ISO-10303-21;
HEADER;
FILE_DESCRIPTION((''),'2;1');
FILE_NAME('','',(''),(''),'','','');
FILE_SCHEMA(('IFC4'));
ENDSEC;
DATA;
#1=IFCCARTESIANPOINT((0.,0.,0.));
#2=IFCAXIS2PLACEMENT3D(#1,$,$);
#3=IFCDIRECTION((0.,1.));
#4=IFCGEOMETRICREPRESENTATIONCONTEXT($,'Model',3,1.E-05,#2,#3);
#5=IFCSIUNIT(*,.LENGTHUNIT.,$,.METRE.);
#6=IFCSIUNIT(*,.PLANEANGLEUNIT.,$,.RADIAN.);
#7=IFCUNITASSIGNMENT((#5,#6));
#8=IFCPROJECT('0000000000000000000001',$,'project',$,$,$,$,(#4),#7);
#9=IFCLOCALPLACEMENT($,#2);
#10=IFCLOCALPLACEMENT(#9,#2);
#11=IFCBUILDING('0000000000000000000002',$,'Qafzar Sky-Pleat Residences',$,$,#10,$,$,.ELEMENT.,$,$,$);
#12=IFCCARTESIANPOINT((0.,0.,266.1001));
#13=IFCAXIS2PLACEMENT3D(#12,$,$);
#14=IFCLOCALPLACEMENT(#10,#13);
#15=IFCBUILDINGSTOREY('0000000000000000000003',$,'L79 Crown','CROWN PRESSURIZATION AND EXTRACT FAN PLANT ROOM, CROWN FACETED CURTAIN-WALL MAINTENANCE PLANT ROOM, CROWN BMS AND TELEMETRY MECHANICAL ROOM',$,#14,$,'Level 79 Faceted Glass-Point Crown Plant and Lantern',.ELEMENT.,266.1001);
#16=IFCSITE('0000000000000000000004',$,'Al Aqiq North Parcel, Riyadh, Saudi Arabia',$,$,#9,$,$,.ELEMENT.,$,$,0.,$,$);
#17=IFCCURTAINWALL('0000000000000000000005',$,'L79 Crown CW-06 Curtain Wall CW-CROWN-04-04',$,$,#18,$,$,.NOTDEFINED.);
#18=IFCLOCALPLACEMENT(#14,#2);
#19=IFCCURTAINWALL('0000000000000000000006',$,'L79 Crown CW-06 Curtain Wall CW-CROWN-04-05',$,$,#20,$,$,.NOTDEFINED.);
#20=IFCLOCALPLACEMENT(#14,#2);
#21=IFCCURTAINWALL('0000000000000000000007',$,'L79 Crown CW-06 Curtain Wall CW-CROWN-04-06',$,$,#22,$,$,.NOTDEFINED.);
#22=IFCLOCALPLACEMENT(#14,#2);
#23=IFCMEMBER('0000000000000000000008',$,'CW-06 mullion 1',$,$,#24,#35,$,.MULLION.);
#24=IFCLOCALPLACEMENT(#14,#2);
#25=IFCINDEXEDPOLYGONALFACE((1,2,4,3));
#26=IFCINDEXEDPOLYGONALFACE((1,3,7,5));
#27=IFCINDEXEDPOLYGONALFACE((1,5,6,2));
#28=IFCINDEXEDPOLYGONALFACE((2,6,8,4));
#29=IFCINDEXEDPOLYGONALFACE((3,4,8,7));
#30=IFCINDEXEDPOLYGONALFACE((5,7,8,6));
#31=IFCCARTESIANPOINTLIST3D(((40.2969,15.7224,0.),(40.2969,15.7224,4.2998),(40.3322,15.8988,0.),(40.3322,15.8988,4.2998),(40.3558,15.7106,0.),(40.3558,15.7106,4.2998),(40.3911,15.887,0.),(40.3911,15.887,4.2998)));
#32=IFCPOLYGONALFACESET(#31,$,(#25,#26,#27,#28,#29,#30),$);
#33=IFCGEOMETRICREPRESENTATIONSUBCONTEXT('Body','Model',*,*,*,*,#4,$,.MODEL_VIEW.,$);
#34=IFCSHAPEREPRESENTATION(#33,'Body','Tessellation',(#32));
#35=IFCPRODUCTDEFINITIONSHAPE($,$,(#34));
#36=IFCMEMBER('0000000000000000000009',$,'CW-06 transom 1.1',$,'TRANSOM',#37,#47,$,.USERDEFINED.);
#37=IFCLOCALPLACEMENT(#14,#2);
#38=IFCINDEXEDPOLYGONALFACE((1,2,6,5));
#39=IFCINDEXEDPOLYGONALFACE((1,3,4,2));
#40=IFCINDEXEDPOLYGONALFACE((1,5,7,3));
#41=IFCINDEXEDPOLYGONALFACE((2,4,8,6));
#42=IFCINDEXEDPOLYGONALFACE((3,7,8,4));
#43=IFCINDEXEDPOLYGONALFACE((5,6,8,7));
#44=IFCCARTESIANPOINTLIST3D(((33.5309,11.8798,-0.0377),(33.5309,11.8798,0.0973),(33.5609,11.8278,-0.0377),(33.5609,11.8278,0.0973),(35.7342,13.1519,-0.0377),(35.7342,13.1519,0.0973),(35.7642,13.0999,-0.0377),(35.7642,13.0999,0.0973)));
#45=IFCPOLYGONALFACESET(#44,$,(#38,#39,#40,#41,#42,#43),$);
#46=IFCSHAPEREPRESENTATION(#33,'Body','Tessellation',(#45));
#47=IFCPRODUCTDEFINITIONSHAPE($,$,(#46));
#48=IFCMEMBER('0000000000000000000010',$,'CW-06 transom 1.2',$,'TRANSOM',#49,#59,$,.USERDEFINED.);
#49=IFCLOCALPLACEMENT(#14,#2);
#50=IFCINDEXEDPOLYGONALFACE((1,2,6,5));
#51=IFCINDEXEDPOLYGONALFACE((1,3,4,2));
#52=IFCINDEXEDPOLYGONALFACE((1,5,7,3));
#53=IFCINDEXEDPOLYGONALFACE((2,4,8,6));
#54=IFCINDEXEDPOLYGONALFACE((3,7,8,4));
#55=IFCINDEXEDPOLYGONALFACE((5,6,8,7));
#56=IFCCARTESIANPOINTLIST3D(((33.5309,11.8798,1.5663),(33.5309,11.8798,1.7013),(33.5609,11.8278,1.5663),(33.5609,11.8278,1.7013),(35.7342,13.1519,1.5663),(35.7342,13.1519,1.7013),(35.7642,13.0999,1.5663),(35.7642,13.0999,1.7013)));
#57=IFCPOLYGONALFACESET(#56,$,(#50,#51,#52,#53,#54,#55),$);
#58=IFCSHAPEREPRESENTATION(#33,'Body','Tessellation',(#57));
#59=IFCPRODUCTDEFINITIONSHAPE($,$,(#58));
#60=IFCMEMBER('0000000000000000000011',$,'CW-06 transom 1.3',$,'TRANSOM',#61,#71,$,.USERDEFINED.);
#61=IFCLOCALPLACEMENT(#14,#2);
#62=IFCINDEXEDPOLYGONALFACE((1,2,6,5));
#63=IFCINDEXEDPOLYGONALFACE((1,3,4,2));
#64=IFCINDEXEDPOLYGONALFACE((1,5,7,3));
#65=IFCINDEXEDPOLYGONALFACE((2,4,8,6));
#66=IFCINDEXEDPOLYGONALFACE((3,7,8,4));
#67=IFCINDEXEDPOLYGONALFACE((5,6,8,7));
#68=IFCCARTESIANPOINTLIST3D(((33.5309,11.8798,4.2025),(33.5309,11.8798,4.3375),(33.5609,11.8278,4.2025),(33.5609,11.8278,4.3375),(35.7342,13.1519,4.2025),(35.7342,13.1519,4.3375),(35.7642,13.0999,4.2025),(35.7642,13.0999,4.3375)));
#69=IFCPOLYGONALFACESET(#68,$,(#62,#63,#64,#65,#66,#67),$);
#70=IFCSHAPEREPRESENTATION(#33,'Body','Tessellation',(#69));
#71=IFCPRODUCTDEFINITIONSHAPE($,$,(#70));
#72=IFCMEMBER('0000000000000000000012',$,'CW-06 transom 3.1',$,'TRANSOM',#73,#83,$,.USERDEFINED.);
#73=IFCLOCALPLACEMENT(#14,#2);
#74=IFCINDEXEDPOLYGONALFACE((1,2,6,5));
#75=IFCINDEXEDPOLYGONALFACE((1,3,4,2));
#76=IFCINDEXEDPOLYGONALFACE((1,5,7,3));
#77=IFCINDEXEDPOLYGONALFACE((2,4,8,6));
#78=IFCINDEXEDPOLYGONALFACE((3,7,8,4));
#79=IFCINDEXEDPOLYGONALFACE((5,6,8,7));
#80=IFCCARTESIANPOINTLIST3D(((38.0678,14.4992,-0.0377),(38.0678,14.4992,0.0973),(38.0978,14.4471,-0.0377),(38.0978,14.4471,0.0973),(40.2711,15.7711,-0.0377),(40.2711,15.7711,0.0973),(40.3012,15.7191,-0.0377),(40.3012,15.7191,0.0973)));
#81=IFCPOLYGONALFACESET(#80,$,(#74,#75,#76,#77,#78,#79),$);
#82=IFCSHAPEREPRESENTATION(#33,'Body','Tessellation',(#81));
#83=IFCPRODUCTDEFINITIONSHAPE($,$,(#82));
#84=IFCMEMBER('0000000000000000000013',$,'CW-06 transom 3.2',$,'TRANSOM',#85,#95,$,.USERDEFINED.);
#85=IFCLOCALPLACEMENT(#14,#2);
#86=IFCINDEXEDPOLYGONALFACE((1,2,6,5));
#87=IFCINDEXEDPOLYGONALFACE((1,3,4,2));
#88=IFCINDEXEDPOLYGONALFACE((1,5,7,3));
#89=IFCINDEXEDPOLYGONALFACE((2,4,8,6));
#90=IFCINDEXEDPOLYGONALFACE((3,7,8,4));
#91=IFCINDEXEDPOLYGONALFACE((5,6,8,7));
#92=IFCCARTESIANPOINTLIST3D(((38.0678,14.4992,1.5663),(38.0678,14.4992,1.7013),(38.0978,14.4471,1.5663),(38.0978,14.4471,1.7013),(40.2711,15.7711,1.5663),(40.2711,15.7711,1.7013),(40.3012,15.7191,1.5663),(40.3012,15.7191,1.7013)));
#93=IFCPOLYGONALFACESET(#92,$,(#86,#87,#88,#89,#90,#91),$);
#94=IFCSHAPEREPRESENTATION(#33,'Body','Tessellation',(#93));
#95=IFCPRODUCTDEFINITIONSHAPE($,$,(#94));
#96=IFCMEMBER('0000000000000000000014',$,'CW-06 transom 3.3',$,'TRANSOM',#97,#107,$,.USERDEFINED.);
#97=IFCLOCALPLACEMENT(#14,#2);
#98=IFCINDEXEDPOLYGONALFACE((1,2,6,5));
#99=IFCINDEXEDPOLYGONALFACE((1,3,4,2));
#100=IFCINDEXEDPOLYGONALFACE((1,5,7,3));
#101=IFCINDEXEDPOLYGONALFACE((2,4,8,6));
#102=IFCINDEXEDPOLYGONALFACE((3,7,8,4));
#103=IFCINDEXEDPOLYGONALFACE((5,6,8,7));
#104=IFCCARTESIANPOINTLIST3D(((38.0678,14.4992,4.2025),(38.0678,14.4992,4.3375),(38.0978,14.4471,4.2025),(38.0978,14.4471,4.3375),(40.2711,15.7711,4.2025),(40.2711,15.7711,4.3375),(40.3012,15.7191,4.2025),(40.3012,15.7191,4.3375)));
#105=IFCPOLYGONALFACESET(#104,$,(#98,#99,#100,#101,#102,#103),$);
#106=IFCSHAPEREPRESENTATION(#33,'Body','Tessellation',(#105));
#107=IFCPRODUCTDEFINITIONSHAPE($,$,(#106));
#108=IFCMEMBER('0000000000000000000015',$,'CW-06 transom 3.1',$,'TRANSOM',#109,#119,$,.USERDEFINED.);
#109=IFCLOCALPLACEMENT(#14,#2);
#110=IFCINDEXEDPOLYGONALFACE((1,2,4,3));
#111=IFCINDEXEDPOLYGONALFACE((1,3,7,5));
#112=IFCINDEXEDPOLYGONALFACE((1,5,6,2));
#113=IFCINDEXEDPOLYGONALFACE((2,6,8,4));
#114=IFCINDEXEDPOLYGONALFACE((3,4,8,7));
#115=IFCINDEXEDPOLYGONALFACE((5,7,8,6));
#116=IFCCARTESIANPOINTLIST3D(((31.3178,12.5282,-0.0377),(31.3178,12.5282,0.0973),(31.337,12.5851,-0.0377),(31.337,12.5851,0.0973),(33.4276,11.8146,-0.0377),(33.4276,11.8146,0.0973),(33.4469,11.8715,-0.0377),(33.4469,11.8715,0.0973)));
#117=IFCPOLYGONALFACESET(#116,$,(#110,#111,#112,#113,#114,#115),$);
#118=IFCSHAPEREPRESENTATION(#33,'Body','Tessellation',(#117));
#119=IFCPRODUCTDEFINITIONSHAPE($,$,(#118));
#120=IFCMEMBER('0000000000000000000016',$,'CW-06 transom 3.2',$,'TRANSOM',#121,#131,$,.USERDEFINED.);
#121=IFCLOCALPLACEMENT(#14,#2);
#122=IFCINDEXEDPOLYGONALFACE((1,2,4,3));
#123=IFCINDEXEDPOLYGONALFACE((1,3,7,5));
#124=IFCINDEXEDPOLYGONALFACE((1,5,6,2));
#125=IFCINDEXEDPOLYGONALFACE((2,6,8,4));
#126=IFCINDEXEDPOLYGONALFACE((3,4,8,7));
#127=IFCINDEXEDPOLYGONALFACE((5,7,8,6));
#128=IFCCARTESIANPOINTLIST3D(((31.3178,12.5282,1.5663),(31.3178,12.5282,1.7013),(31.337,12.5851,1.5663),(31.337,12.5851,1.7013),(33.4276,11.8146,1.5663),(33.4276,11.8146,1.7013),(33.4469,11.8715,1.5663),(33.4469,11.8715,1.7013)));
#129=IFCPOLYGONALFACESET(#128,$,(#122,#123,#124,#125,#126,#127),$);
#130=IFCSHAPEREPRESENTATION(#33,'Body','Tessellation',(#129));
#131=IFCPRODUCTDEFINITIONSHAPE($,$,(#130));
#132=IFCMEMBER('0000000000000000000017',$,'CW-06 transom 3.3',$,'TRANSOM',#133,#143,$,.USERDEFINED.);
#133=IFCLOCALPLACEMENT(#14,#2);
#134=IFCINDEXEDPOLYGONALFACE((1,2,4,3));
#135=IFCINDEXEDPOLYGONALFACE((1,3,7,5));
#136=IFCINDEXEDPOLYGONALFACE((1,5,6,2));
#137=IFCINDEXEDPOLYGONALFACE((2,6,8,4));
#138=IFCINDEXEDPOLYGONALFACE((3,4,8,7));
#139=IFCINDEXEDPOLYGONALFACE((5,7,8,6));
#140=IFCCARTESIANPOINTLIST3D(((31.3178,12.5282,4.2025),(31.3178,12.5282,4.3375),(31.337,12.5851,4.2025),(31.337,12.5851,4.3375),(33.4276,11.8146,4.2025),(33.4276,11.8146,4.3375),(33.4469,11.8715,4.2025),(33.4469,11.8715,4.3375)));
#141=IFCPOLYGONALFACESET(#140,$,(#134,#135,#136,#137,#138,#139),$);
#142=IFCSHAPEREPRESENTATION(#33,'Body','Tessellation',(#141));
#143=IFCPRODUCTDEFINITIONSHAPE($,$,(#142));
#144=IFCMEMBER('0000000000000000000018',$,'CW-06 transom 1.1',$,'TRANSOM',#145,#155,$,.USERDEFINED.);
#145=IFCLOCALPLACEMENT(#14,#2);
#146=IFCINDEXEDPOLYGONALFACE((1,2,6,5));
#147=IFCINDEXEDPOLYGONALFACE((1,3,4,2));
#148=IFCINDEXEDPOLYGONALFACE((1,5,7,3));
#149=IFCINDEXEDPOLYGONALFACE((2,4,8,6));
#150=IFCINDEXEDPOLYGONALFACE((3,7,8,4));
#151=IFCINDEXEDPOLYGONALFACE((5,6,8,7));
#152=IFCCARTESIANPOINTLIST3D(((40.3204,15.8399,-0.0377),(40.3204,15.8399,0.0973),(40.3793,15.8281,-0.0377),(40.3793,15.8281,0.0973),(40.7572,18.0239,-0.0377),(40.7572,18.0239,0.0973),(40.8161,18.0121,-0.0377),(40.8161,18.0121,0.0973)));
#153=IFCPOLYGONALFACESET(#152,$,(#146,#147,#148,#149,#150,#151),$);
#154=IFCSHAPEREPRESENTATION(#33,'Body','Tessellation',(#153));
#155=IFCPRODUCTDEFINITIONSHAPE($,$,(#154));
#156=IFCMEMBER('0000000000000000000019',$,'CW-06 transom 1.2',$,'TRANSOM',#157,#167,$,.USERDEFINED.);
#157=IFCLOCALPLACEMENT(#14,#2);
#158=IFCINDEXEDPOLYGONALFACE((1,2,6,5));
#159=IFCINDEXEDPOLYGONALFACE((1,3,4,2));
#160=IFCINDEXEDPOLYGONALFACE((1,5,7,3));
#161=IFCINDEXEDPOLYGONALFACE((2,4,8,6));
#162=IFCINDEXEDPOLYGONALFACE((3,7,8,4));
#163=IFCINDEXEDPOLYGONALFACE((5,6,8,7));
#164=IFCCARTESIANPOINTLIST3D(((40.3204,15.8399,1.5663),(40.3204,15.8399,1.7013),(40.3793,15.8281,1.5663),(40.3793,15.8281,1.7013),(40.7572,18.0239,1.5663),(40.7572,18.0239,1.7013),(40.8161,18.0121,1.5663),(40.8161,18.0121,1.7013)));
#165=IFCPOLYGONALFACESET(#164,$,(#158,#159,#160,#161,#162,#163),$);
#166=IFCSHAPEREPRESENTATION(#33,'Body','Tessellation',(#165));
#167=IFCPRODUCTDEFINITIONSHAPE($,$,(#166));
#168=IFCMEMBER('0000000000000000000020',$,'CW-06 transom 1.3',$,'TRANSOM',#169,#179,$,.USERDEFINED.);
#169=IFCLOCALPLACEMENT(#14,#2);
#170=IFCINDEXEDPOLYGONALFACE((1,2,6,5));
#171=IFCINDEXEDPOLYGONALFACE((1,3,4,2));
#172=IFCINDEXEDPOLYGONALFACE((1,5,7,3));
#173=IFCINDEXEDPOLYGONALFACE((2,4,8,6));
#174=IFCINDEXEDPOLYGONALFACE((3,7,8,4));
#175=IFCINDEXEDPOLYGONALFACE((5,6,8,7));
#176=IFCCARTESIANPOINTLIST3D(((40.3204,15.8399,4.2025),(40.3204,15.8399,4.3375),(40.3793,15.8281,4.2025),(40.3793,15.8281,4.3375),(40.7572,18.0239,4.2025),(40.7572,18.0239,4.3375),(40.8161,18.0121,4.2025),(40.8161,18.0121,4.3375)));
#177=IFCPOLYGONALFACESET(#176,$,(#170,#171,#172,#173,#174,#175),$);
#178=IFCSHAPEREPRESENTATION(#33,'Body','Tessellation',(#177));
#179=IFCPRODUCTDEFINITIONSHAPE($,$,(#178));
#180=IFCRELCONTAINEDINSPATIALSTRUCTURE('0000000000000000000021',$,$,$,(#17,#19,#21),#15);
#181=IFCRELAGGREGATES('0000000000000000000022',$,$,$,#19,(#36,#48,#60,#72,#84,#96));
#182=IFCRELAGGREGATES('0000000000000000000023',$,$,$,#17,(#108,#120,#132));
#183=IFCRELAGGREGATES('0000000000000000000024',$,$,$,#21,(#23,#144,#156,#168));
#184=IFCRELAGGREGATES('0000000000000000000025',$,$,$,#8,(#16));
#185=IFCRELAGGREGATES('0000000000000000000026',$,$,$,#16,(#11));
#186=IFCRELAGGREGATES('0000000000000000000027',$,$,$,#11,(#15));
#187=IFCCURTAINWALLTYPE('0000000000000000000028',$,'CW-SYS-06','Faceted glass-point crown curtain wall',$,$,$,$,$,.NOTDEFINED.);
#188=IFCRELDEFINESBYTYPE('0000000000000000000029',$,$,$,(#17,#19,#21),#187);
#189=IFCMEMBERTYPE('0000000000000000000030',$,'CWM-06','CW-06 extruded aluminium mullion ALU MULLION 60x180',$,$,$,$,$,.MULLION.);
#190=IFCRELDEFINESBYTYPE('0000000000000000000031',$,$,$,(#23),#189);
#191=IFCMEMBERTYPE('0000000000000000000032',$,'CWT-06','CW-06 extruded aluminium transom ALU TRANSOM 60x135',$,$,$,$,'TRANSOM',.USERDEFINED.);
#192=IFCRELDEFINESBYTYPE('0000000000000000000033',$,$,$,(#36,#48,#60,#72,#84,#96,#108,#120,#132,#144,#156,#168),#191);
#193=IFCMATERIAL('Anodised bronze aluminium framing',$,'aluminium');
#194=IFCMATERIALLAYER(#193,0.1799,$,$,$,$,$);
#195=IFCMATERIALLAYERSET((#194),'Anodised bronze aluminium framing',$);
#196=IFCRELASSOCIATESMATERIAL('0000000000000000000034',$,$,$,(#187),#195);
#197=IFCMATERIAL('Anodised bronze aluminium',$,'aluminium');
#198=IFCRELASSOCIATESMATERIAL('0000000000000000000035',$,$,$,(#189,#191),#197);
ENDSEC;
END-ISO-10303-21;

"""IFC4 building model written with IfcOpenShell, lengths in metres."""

from ifc_helpers import new_model, si_unit, direction, frame, origin, origin_2d, place, context, subcontext, project, spatial, rectangle, extrude, source, transform, mapped, material, layer, layer_set, material_profile, profile_set, type_object, element, aggregate, save


model = new_model("IFC4")

# Units and contexts
model_context = context("Model", 3, precision=1e-05, world=origin(), true_north=direction((0.0, 1.0)))
body_context = subcontext(model_context, "Body", "Model", "MODEL_VIEW")
ifc_project = project(units=[si_unit("LENGTHUNIT", "METRE"), si_unit("PLANEANGLEUNIT", "RADIAN")], contexts=[model_context])

# Site, building, storey
site_placement = place(None, origin())
site = spatial("IfcSite", under=ifc_project, at=site_placement, Name="Al Aqiq North Parcel, Riyadh, Saudi Arabia", CompositionType="ELEMENT", RefElevation=0.0)
building_placement = place(site_placement, origin())
building = spatial("IfcBuilding", under=site, at=building_placement, Name="Qafzar Sky-Pleat Residences", CompositionType="ELEMENT")
storey_placement = place(building_placement, frame((0.0, 0.0, 266.1001)))
storey = spatial("IfcBuildingStorey", under=building, at=storey_placement, Name="L79 Crown", Description="CROWN PRESSURIZATION AND EXTRACT FAN PLANT ROOM, CROWN FACETED CURTAIN-WALL MAINTENANCE PLANT ROOM, CROWN BMS AND TELEMETRY MECHANICAL ROOM", LongName="Level 79 Faceted Glass-Point Crown Plant and Lantern", CompositionType="ELEMENT", Elevation=266.1001)

# Curtain walls
ifc_material_1 = material(Name="Anodised bronze aluminium framing", Category="aluminium")
ifc_layer_1 = layer(ifc_material_1, 0.1799)
ifc_layer_set_1 = layer_set([ifc_layer_1], Name="Anodised bronze aluminium framing")
curtain_wall_type = type_object("IfcCurtainWallType", Name="CW-SYS-06", Description="Faceted glass-point crown curtain wall", PredefinedType="NOTDEFINED", material=ifc_layer_set_1)
curtain_wall_1_placement = place(storey_placement, origin())
curtain_wall_1 = element("IfcCurtainWall", 1, at=curtain_wall_1_placement, inside=storey, type_object=curtain_wall_type, Name="L79 Crown CW-06 Curtain Wall CW-CROWN-04-04", PredefinedType="NOTDEFINED")
ifc_material_2 = material(Name="Anodised bronze aluminium", Category="aluminium")
ifc_material_profile_1 = material_profile(ifc_material_2, rectangle(XDim=0.0601, YDim=0.1799, at=origin_2d()), Name="ALU MULLION 60x180")
ifc_profile_set_1 = profile_set([ifc_material_profile_1], Name="Anodised bronze aluminium")
member_type_1 = type_object("IfcMemberType", Name="CWM-06", Description="CW-06 extruded aluminium mullion ALU MULLION 60x180", PredefinedType="MULLION", material=ifc_profile_set_1)
shared_shape_1 = source(origin(), body_context, "Body", "SweptSolid", [
    extrude(rectangle(XDim=0.0601, YDim=0.1799, at=origin_2d()), origin(), (0.0, 0.0, 1.0), 4.2998),
])
curtain_wall_2_placement = place(storey_placement, origin())
curtain_wall_2 = element("IfcCurtainWall", 2, at=curtain_wall_2_placement, inside=storey, type_object=curtain_wall_type, Name="L79 Crown CW-06 Curtain Wall CW-CROWN-04-05", PredefinedType="NOTDEFINED")

# Curtain wall, member
curtain_wall_3_placement = place(storey_placement, origin())
curtain_wall_3 = element("IfcCurtainWall", 3, at=curtain_wall_3_placement, inside=storey, type_object=curtain_wall_type, Name="L79 Crown CW-06 Curtain Wall CW-CROWN-04-06", PredefinedType="NOTDEFINED")
member_1_placement = place(storey_placement, frame((40.344, 15.8047, 0.0), z_axis=(0.0, 0.0, 1.0), x_axis=(-0.980581, 0.196116, 0.0)))
member_1 = element("IfcMember", 4, at=member_1_placement, type_object=member_type_1, Name="CW-06 mullion 1", PredefinedType="MULLION", context=body_context, shape_type="MappedRepresentation", body=[
    mapped(shared_shape_1, transform((0.0, 0.0, 0.0), x_axis=(1.0, 0.0, 0.0), y_axis=(0.0, 1.0, 0.0), z_axis=(0.0, 0.0, 1.0), scale=1.0)),
])

# Members
ifc_material_profile_2 = material_profile(ifc_material_2, rectangle(XDim=0.0601, YDim=0.135, at=origin_2d()), Name="ALU TRANSOM 60x135")
ifc_profile_set_2 = profile_set([ifc_material_profile_2], Name="Anodised bronze aluminium")
member_type_2 = type_object("IfcMemberType", Name="CWT-06", Description="CW-06 extruded aluminium transom ALU TRANSOM 60x135", ElementType="TRANSOM", PredefinedType="USERDEFINED", material=ifc_profile_set_2)
shared_shape_2 = source(origin(), body_context, "Body", "SweptSolid", [
    extrude(rectangle(XDim=0.0601, YDim=0.135, at=origin_2d()), origin(), (0.0, 0.0, 1.0), 2.5442),
])
member_2_placement = place(storey_placement, frame((33.5459, 11.8538, 0.0298), z_axis=(0.866008, 0.50003, 0.0), x_axis=(-0.50003, 0.866008, 0.0)))
member_2 = element("IfcMember", 5, at=member_2_placement, type_object=member_type_2, Name="CW-06 transom 1.1", ObjectType="TRANSOM", PredefinedType="USERDEFINED", context=body_context, shape_type="MappedRepresentation", body=[
    mapped(shared_shape_2, transform((0.0, 0.0, 0.0), x_axis=(1.0, 0.0, 0.0), y_axis=(0.0, 1.0, 0.0), z_axis=(0.0, 0.0, 1.0), scale=1.0)),
])
member_3_placement = place(storey_placement, frame((33.5459, 11.8538, 1.6338), z_axis=(0.866008, 0.50003, 0.0), x_axis=(-0.50003, 0.866008, 0.0)))
member_3 = element("IfcMember", 6, at=member_3_placement, type_object=member_type_2, Name="CW-06 transom 1.2", ObjectType="TRANSOM", PredefinedType="USERDEFINED", context=body_context, shape_type="MappedRepresentation", body=[
    mapped(shared_shape_2, transform((0.0, 0.0, 0.0), x_axis=(1.0, 0.0, 0.0), y_axis=(0.0, 1.0, 0.0), z_axis=(0.0, 0.0, 1.0), scale=1.0)),
])
member_4_placement = place(storey_placement, frame((33.5459, 11.8538, 4.27), z_axis=(0.866008, 0.50003, 0.0), x_axis=(-0.50003, 0.866008, 0.0)))
member_4 = element("IfcMember", 7, at=member_4_placement, type_object=member_type_2, Name="CW-06 transom 1.3", ObjectType="TRANSOM", PredefinedType="USERDEFINED", context=body_context, shape_type="MappedRepresentation", body=[
    mapped(shared_shape_2, transform((0.0, 0.0, 0.0), x_axis=(1.0, 0.0, 0.0), y_axis=(0.0, 1.0, 0.0), z_axis=(0.0, 0.0, 1.0), scale=1.0)),
])
member_5_placement = place(storey_placement, frame((38.0828, 14.4731, 0.0298), z_axis=(0.86605, 0.499958, 0.0), x_axis=(-0.499958, 0.86605, 0.0)))
member_5 = element("IfcMember", 8, at=member_5_placement, type_object=member_type_2, Name="CW-06 transom 3.1", ObjectType="TRANSOM", PredefinedType="USERDEFINED", context=body_context, shape_type="MappedRepresentation", body=[
    mapped(shared_shape_2, transform((0.0, 0.0, 0.0), x_axis=(1.0, 0.0, 0.0), y_axis=(0.0, 1.0, 0.0), z_axis=(0.0, 0.0, 1.0), scale=1.0)),
])
member_6_placement = place(storey_placement, frame((38.0828, 14.4731, 1.6338), z_axis=(0.86605, 0.499958, 0.0), x_axis=(-0.499958, 0.86605, 0.0)))
member_6 = element("IfcMember", 9, at=member_6_placement, type_object=member_type_2, Name="CW-06 transom 3.2", ObjectType="TRANSOM", PredefinedType="USERDEFINED", context=body_context, shape_type="MappedRepresentation", body=[
    mapped(shared_shape_2, transform((0.0, 0.0, 0.0), x_axis=(1.0, 0.0, 0.0), y_axis=(0.0, 1.0, 0.0), z_axis=(0.0, 0.0, 1.0), scale=1.0)),
])
member_7_placement = place(storey_placement, frame((38.0828, 14.4731, 4.27), z_axis=(0.86605, 0.499958, 0.0), x_axis=(-0.499958, 0.86605, 0.0)))
member_7 = element("IfcMember", 10, at=member_7_placement, type_object=member_type_2, Name="CW-06 transom 3.3", ObjectType="TRANSOM", PredefinedType="USERDEFINED", context=body_context, shape_type="MappedRepresentation", body=[
    mapped(shared_shape_2, transform((0.0, 0.0, 0.0), x_axis=(1.0, 0.0, 0.0), y_axis=(0.0, 1.0, 0.0), z_axis=(0.0, 0.0, 1.0), scale=1.0)),
])
shared_shape_3 = source(origin(), body_context, "Body", "SweptSolid", [
    extrude(rectangle(XDim=0.0601, YDim=0.135, at=origin_2d()), origin(), (0.0, 0.0, 1.0), 2.2273),
])
member_8_placement = place(storey_placement, frame((31.3274, 12.5566, 0.0298), z_axis=(0.947282, -0.320401, 0.0), x_axis=(0.320401, 0.947282, 0.0)))
member_8 = element("IfcMember", 11, at=member_8_placement, type_object=member_type_2, Name="CW-06 transom 3.1", ObjectType="TRANSOM", PredefinedType="USERDEFINED", context=body_context, shape_type="MappedRepresentation", body=[
    mapped(shared_shape_3, transform((0.0, 0.0, 0.0), x_axis=(1.0, 0.0, 0.0), y_axis=(0.0, 1.0, 0.0), z_axis=(0.0, 0.0, 1.0), scale=1.0)),
])
member_9_placement = place(storey_placement, frame((31.3274, 12.5566, 1.6338), z_axis=(0.947282, -0.320401, 0.0), x_axis=(0.320401, 0.947282, 0.0)))
member_9 = element("IfcMember", 12, at=member_9_placement, type_object=member_type_2, Name="CW-06 transom 3.2", ObjectType="TRANSOM", PredefinedType="USERDEFINED", context=body_context, shape_type="MappedRepresentation", body=[
    mapped(shared_shape_3, transform((0.0, 0.0, 0.0), x_axis=(1.0, 0.0, 0.0), y_axis=(0.0, 1.0, 0.0), z_axis=(0.0, 0.0, 1.0), scale=1.0)),
])
member_10_placement = place(storey_placement, frame((31.3274, 12.5566, 4.27), z_axis=(0.947282, -0.320401, 0.0), x_axis=(0.320401, 0.947282, 0.0)))
member_10 = element("IfcMember", 13, at=member_10_placement, type_object=member_type_2, Name="CW-06 transom 3.3", ObjectType="TRANSOM", PredefinedType="USERDEFINED", context=body_context, shape_type="MappedRepresentation", body=[
    mapped(shared_shape_3, transform((0.0, 0.0, 0.0), x_axis=(1.0, 0.0, 0.0), y_axis=(0.0, 1.0, 0.0), z_axis=(0.0, 0.0, 1.0), scale=1.0)),
])
member_11_placement = place(storey_placement, frame((40.3499, 15.834, 0.0298), z_axis=(0.196095, 0.980585, 0.0), x_axis=(-0.980585, 0.196095, 0.0)))
member_11 = element("IfcMember", 14, at=member_11_placement, type_object=member_type_2, Name="CW-06 transom 1.1", ObjectType="TRANSOM", PredefinedType="USERDEFINED", context=body_context, shape_type="MappedRepresentation", body=[
    mapped(shared_shape_3, transform((0.0, 0.0, 0.0), x_axis=(1.0, 0.0, 0.0), y_axis=(0.0, 1.0, 0.0), z_axis=(0.0, 0.0, 1.0), scale=1.0)),
])
member_12_placement = place(storey_placement, frame((40.3499, 15.834, 1.6338), z_axis=(0.196095, 0.980585, 0.0), x_axis=(-0.980585, 0.196095, 0.0)))
member_12 = element("IfcMember", 15, at=member_12_placement, type_object=member_type_2, Name="CW-06 transom 1.2", ObjectType="TRANSOM", PredefinedType="USERDEFINED", context=body_context, shape_type="MappedRepresentation", body=[
    mapped(shared_shape_3, transform((0.0, 0.0, 0.0), x_axis=(1.0, 0.0, 0.0), y_axis=(0.0, 1.0, 0.0), z_axis=(0.0, 0.0, 1.0), scale=1.0)),
])
member_13_placement = place(storey_placement, frame((40.3499, 15.834, 4.27), z_axis=(0.196095, 0.980585, 0.0), x_axis=(-0.980585, 0.196095, 0.0)))
member_13 = element("IfcMember", 16, at=member_13_placement, type_object=member_type_2, Name="CW-06 transom 1.3", ObjectType="TRANSOM", PredefinedType="USERDEFINED", context=body_context, shape_type="MappedRepresentation", body=[
    mapped(shared_shape_3, transform((0.0, 0.0, 0.0), x_axis=(1.0, 0.0, 0.0), y_axis=(0.0, 1.0, 0.0), z_axis=(0.0, 0.0, 1.0), scale=1.0)),
])

aggregate(curtain_wall_2, [member_2, member_3, member_4, member_5, member_6, member_7])
aggregate(curtain_wall_1, [member_8, member_9, member_10])
aggregate(curtain_wall_3, [member_1, member_11, member_12, member_13])

save(model, "model.ifc")
